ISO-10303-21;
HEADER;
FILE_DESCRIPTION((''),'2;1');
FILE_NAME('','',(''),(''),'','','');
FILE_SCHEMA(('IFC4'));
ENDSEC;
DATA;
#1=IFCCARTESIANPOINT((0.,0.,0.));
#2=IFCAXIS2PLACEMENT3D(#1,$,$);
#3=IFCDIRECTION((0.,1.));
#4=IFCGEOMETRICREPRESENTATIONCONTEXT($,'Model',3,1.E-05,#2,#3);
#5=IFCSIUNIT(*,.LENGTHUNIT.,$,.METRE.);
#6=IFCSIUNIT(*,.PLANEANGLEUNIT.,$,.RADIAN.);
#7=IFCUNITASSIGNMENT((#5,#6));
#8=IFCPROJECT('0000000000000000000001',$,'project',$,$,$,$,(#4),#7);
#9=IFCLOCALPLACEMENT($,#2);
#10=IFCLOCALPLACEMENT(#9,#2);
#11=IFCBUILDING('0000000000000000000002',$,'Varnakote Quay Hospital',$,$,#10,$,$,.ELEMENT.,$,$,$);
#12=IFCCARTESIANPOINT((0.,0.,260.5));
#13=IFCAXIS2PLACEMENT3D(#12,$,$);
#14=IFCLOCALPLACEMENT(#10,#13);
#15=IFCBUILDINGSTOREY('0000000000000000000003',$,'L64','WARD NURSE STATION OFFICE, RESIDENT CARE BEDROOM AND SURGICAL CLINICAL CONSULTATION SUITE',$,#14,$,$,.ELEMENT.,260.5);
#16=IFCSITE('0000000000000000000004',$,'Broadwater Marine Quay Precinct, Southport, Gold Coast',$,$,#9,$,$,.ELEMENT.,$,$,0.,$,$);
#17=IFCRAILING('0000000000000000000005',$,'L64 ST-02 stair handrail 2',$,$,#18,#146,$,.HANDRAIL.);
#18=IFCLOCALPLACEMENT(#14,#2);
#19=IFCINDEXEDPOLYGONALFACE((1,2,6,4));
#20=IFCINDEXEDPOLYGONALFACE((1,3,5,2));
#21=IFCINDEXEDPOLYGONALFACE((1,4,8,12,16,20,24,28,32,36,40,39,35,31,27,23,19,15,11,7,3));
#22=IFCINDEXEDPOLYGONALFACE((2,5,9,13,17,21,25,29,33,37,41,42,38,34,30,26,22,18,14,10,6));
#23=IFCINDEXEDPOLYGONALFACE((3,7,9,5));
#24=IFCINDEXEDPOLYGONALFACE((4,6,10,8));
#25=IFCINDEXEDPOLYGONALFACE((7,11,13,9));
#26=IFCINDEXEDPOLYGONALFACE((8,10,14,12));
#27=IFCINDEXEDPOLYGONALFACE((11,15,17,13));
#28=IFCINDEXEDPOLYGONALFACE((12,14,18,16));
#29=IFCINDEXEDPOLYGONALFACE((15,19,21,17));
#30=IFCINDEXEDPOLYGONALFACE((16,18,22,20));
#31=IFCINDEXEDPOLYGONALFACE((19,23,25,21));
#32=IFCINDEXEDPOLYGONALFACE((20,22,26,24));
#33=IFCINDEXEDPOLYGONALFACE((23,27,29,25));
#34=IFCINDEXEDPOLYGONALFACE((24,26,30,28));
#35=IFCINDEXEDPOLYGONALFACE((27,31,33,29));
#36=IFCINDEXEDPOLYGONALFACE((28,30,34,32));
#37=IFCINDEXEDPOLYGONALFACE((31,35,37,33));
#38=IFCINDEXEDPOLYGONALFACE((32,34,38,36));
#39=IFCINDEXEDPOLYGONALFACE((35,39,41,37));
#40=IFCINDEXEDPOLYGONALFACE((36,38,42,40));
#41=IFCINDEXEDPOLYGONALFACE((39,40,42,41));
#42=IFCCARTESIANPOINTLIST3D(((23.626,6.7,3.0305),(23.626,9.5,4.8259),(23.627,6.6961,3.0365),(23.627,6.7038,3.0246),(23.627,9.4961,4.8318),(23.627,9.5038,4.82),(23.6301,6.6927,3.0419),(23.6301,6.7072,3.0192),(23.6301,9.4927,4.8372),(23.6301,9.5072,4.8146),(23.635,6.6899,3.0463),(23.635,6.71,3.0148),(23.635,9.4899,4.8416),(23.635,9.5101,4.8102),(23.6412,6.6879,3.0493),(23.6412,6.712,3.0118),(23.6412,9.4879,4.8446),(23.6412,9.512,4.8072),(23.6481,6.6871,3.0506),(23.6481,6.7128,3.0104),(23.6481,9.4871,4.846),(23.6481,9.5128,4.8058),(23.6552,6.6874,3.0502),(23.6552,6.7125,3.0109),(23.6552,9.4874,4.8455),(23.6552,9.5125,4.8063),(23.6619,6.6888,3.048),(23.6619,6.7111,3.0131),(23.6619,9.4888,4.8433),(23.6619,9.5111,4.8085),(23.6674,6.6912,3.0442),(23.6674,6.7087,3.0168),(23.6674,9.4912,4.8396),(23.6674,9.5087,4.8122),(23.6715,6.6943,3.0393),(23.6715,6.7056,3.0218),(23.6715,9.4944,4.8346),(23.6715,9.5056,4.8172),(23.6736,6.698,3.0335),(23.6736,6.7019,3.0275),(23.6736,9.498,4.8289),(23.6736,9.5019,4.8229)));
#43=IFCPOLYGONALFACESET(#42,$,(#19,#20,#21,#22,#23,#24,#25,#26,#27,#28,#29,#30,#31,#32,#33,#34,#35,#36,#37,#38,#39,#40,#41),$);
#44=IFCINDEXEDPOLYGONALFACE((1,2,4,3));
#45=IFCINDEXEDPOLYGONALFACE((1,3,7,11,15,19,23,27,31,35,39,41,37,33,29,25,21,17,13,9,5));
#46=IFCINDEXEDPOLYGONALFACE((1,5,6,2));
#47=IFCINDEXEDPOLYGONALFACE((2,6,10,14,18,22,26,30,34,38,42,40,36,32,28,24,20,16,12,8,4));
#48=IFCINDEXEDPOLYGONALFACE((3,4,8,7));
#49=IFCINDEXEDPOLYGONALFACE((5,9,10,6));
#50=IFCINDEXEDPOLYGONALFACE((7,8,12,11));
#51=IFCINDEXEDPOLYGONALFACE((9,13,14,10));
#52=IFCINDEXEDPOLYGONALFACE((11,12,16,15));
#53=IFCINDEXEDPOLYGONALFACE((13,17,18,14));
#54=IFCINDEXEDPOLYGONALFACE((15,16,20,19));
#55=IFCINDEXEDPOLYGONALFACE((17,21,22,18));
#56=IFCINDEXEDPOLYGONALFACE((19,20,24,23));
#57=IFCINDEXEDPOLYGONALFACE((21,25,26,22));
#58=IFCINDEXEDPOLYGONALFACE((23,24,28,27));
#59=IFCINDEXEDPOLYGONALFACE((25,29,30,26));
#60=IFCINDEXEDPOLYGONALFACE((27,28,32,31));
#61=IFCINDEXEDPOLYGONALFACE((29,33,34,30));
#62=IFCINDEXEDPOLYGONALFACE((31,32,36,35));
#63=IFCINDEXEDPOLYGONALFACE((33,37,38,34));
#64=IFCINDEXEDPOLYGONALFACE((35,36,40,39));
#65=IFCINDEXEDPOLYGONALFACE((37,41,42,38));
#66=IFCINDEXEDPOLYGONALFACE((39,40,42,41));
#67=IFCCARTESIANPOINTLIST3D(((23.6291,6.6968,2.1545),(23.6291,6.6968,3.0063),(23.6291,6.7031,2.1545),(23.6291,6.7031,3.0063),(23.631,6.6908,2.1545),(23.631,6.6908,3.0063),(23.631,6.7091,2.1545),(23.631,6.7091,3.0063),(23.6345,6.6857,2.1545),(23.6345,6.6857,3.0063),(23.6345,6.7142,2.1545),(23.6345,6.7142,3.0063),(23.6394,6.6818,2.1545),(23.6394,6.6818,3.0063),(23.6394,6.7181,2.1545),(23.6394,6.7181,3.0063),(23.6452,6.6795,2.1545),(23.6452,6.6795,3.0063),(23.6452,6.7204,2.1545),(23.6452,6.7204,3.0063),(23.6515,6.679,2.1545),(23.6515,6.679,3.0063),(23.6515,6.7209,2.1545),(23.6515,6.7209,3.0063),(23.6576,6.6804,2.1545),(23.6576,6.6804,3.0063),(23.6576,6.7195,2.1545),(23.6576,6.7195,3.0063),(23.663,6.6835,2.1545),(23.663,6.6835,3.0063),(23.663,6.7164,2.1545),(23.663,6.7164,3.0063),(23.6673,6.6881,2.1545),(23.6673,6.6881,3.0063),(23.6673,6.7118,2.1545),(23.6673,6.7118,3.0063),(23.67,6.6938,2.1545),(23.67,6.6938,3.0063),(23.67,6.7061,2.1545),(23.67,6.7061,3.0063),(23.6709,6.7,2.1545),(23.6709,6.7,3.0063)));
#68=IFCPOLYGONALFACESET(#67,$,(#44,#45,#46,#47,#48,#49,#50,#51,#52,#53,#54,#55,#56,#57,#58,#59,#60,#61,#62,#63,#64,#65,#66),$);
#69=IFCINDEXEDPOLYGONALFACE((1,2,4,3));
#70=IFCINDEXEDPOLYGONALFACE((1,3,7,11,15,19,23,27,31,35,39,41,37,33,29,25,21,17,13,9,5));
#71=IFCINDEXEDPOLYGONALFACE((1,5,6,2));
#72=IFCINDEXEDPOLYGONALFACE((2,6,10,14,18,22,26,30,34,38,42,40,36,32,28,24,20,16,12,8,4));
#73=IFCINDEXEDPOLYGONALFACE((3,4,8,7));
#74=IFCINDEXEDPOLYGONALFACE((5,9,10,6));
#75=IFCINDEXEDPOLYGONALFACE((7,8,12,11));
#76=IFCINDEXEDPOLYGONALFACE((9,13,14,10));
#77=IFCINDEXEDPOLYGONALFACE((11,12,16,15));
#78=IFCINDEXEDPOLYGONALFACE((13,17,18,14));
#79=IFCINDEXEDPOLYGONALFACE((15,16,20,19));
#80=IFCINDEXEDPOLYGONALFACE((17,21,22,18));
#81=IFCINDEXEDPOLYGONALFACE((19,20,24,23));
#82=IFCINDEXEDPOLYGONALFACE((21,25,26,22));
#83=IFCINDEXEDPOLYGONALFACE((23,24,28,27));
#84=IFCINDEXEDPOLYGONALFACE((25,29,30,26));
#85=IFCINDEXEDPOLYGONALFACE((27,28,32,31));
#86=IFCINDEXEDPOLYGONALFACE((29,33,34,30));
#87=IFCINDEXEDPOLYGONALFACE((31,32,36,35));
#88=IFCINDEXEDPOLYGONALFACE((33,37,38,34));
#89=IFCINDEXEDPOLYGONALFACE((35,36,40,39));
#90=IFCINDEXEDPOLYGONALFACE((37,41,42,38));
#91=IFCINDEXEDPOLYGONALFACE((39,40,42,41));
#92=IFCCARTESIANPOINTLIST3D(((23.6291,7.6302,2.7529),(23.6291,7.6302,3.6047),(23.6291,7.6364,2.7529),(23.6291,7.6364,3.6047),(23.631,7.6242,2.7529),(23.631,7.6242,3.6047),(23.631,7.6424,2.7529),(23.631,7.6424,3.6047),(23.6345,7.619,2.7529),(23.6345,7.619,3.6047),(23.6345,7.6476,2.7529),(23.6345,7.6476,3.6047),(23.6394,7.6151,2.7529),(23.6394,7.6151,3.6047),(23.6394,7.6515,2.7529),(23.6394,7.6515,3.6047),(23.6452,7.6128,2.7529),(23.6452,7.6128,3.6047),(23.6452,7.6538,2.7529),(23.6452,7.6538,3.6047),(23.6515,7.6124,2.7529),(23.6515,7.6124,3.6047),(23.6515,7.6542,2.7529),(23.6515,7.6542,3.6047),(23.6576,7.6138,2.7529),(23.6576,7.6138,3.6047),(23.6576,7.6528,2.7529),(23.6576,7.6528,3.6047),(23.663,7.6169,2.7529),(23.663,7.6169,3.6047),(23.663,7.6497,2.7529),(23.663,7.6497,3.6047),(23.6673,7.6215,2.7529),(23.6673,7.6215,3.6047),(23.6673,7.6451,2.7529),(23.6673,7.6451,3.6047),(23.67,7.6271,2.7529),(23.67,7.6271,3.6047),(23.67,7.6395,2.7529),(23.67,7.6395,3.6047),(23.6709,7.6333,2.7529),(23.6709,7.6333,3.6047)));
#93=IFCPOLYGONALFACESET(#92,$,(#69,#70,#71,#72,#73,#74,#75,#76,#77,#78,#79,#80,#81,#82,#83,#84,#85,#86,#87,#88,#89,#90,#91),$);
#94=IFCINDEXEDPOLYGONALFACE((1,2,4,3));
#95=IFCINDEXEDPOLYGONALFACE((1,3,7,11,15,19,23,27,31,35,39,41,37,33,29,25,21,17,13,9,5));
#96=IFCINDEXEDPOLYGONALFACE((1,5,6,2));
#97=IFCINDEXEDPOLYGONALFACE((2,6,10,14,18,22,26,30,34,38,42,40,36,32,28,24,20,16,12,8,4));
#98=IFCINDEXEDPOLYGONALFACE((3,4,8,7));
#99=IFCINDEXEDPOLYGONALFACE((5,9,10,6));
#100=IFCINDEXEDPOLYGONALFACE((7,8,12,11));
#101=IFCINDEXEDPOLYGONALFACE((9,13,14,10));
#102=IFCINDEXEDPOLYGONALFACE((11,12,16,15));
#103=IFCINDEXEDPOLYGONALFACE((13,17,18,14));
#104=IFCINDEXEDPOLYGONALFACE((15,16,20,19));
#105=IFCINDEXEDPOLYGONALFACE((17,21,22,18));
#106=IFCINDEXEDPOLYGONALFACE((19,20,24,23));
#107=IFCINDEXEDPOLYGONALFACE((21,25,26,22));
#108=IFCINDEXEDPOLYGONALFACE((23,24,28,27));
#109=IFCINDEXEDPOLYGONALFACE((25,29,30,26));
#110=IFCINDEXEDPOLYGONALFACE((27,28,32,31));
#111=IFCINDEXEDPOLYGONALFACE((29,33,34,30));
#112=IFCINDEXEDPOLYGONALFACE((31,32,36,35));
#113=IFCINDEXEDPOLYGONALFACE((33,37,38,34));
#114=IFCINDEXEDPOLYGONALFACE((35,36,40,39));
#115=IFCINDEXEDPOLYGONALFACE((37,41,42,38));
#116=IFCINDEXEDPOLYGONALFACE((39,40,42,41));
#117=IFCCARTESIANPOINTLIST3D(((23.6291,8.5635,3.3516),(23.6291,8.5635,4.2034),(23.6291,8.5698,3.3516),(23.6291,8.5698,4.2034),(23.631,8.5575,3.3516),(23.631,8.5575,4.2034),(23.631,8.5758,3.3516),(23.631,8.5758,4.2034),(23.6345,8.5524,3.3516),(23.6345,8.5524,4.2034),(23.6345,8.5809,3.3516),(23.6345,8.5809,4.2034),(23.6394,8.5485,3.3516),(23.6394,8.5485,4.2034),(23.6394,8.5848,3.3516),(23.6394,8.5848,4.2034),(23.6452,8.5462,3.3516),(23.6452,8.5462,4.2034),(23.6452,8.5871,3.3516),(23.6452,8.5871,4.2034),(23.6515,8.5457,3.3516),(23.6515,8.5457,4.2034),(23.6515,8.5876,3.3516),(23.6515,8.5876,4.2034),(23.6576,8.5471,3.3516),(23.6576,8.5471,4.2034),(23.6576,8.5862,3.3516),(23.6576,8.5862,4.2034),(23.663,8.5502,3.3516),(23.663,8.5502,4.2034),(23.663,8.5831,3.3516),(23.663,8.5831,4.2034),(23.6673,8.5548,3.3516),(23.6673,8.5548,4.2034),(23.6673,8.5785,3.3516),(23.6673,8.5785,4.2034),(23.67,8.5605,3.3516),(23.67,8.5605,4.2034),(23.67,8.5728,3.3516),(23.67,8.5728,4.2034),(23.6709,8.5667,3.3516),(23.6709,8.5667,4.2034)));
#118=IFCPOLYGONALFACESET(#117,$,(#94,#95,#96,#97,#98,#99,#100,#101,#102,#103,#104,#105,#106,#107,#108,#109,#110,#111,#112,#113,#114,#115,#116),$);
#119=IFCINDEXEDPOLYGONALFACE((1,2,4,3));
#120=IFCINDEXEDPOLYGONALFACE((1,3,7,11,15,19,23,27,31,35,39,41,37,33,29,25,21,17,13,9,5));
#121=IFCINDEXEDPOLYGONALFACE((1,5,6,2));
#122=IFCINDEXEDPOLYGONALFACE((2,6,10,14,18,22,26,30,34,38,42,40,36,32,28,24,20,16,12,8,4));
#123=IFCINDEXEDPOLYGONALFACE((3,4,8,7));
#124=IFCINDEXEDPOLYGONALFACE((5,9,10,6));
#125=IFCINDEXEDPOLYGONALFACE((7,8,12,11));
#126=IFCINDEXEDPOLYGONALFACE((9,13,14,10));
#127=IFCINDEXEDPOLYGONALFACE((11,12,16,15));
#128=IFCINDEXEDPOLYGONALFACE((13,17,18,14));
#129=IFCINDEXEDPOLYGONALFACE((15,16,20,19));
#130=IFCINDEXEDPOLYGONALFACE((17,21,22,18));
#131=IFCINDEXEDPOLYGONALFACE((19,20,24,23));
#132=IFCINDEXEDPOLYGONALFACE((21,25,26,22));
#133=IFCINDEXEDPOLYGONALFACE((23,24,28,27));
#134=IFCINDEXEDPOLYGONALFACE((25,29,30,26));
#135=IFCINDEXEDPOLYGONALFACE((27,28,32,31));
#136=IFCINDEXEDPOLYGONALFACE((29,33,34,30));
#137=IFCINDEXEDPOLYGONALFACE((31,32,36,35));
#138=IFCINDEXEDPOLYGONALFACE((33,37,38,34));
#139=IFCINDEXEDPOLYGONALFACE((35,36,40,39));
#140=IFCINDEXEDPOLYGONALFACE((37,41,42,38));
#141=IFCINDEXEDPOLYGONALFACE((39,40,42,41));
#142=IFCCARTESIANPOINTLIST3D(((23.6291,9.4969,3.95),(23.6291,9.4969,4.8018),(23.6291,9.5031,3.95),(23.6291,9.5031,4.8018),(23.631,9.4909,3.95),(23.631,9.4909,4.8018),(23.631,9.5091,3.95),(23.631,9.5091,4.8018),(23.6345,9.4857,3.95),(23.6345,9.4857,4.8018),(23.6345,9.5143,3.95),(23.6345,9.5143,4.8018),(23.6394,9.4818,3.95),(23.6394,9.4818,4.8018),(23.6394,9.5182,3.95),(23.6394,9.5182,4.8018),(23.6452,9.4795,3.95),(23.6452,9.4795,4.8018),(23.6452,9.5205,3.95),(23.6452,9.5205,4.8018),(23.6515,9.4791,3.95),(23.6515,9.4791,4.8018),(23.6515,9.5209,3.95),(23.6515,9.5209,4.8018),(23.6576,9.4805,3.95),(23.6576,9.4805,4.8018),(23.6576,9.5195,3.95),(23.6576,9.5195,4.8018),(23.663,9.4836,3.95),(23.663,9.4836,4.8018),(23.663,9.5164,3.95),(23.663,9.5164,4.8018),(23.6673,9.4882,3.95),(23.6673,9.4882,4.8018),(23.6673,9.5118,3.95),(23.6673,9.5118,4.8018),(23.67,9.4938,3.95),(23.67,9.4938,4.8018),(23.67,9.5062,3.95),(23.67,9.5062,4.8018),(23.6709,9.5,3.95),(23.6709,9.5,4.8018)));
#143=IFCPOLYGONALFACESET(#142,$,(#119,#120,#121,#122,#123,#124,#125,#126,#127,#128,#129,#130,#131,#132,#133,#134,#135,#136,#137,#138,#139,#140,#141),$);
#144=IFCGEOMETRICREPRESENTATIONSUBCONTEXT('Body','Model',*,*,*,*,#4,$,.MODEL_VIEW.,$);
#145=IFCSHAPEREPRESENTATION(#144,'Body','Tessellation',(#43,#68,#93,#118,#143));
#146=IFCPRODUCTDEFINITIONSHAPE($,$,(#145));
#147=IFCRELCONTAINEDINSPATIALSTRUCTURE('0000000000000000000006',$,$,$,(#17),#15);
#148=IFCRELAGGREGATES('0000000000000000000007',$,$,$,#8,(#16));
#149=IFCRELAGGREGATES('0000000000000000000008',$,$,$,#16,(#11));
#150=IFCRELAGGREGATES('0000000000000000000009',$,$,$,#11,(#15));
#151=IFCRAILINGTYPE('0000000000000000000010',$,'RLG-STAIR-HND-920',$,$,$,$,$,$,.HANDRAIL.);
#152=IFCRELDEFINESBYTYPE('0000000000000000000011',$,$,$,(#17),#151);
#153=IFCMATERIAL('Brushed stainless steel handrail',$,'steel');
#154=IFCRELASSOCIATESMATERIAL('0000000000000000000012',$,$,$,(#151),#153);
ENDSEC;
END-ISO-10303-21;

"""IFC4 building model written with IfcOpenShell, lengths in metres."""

from ifc_helpers import new_model, si_unit, direction, frame, origin, origin_2d, place, context, subcontext, project, spatial, circle, extrude, material, type_object, element, save


model = new_model("IFC4")

# Units and contexts
model_context = context("Model", 3, precision=1e-05, world=origin(), true_north=direction((0.0, 1.0)))
body_context = subcontext(model_context, "Body", "Model", "MODEL_VIEW")
ifc_project = project(units=[si_unit("LENGTHUNIT", "METRE"), si_unit("PLANEANGLEUNIT", "RADIAN")], contexts=[model_context])

# Site, building, storey
site_placement = place(None, origin())
site = spatial("IfcSite", under=ifc_project, at=site_placement, Name="Broadwater Marine Quay Precinct, Southport, Gold Coast", CompositionType="ELEMENT", RefElevation=0.0)
building_placement = place(site_placement, origin())
building = spatial("IfcBuilding", under=site, at=building_placement, Name="Varnakote Quay Hospital", CompositionType="ELEMENT")
storey_placement = place(building_placement, frame((0.0, 0.0, 260.5)))
storey = spatial("IfcBuildingStorey", under=building, at=storey_placement, Name="L64", Description="WARD NURSE STATION OFFICE, RESIDENT CARE BEDROOM AND SURGICAL CLINICAL CONSULTATION SUITE", CompositionType="ELEMENT", Elevation=260.5)

# Railing
ifc_material_1 = material(Name="Brushed stainless steel handrail", Category="steel")
railing_type_1 = type_object("IfcRailingType", Name="RLG-STAIR-HND-920", PredefinedType="HANDRAIL", material=ifc_material_1)
railing_1_placement = place(storey_placement, frame((23.6499, 6.7, 2.1545)))
element("IfcRailing", 1, at=railing_1_placement, inside=storey, type_object=railing_type_1, Name="L64 ST-02 stair handrail 2", PredefinedType="HANDRAIL", context=body_context, shape_type="SweptSolid", body=[
    extrude(circle(Radius=0.0239, at=origin_2d()), frame((0.0, 0.0, 0.876), z_axis=(0.0, 0.84181, 0.539774), x_axis=(-1.0, 0.0, 0.0)), (0.0, 0.0, 1.0), 3.3262),
    extrude(circle(Radius=0.021, at=origin_2d()), origin(), (0.0, 0.0, 1.0), 0.8518),
    extrude(circle(Radius=0.021, at=origin_2d()), frame((0.0, 0.9333, 0.5984)), (0.0, 0.0, 1.0), 0.8518),
    extrude(circle(Radius=0.021, at=origin_2d()), frame((0.0, 1.8667, 1.197)), (0.0, 0.0, 1.0), 0.8518),
    extrude(circle(Radius=0.021, at=origin_2d()), frame((0.0, 2.8, 1.7954)), (0.0, 0.0, 1.0), 0.8518),
])

save(model, "model.ifc")
